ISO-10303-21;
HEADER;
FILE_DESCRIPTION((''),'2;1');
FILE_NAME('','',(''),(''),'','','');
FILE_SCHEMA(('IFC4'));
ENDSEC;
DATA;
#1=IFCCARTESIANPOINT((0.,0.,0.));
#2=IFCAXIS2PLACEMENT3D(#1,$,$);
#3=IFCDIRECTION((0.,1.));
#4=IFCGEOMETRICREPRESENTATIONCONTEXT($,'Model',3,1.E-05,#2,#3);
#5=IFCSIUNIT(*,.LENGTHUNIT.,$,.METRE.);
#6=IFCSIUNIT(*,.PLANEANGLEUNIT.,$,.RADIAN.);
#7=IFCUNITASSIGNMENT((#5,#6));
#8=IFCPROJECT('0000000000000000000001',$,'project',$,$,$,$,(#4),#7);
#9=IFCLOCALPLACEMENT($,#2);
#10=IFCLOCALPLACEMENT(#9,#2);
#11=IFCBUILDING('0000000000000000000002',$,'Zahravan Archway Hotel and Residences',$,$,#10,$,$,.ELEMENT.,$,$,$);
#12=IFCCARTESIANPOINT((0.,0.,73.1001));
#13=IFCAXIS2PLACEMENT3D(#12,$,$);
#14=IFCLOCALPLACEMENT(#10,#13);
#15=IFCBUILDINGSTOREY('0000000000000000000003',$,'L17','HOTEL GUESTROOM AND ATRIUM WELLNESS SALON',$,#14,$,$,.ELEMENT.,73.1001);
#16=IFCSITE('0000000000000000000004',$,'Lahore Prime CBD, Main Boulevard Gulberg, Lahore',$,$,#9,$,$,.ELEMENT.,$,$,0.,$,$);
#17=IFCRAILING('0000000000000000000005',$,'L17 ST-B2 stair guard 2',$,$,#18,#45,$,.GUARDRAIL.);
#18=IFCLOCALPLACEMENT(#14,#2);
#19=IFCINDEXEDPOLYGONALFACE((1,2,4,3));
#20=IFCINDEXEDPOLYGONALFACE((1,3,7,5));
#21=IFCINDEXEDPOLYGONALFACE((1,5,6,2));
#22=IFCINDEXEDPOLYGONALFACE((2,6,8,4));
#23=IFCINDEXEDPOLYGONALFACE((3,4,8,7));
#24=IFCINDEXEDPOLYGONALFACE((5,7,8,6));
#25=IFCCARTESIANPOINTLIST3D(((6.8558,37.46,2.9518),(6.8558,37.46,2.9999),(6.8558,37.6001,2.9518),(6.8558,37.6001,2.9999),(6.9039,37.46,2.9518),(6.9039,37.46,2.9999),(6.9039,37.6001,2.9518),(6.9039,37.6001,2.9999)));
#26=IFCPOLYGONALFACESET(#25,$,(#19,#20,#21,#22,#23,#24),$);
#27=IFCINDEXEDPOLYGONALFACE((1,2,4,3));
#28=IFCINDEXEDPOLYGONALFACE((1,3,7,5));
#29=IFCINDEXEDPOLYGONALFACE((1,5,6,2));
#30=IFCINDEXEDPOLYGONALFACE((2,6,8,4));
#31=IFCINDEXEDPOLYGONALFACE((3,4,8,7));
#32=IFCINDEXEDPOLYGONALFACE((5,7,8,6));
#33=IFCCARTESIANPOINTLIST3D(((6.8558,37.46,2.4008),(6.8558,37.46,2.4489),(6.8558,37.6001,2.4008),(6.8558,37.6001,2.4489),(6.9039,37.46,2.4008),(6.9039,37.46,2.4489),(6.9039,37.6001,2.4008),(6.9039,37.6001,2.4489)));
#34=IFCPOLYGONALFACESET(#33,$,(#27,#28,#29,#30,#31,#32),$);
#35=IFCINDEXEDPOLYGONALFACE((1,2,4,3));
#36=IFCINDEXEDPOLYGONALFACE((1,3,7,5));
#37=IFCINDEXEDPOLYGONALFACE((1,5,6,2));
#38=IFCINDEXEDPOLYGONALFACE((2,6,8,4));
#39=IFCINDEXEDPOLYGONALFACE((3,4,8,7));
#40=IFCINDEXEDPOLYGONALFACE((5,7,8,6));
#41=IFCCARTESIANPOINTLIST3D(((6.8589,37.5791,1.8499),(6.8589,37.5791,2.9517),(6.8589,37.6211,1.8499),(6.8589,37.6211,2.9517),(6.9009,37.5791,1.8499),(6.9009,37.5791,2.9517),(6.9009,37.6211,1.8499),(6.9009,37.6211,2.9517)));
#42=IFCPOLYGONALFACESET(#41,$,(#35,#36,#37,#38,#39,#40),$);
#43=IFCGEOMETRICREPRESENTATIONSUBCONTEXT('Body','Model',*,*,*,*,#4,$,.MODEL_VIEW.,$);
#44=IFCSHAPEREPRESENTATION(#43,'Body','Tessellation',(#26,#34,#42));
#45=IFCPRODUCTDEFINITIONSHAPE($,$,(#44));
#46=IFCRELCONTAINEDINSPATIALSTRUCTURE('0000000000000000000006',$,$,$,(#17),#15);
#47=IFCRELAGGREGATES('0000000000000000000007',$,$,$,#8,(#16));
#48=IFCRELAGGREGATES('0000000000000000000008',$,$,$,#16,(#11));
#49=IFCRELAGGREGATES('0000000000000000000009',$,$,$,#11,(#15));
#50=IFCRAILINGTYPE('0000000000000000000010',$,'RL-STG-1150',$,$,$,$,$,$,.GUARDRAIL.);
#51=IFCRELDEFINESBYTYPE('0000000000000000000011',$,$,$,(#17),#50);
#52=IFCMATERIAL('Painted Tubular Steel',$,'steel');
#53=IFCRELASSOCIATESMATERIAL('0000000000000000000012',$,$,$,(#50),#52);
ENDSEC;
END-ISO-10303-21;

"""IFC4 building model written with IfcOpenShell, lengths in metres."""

from ifc_helpers import new_model, si_unit, direction, frame, origin, origin_2d, place, context, subcontext, project, spatial, rectangle, extrude, material, type_object, element, save


model = new_model("IFC4")

# Units and contexts
model_context = context("Model", 3, precision=1e-05, world=origin(), true_north=direction((0.0, 1.0)))
body_context = subcontext(model_context, "Body", "Model", "MODEL_VIEW")
ifc_project = project(units=[si_unit("LENGTHUNIT", "METRE"), si_unit("PLANEANGLEUNIT", "RADIAN")], contexts=[model_context])

# Site, building, storey
site_placement = place(None, origin())
site = spatial("IfcSite", under=ifc_project, at=site_placement, Name="Lahore Prime CBD, Main Boulevard Gulberg, Lahore", CompositionType="ELEMENT", RefElevation=0.0)
building_placement = place(site_placement, origin())
building = spatial("IfcBuilding", under=site, at=building_placement, Name="Zahravan Archway Hotel and Residences", CompositionType="ELEMENT")
storey_placement = place(building_placement, frame((0.0, 0.0, 73.1001)))
storey = spatial("IfcBuildingStorey", under=building, at=storey_placement, Name="L17", Description="HOTEL GUESTROOM AND ATRIUM WELLNESS SALON", CompositionType="ELEMENT", Elevation=73.1001)

# Railing
ifc_material_1 = material(Name="Painted Tubular Steel", Category="steel")
railing_type_1 = type_object("IfcRailingType", Name="RL-STG-1150", PredefinedType="GUARDRAIL", material=ifc_material_1)
railing_1_placement = place(storey_placement, frame((6.8799, 37.6001, 1.8499)))
element("IfcRailing", 1, at=railing_1_placement, inside=storey, type_object=railing_type_1, Name="L17 ST-B2 stair guard 2", PredefinedType="GUARDRAIL", context=body_context, shape_type="SweptSolid", body=[
    extrude(rectangle(XDim=0.0481, YDim=0.0481, at=origin_2d()), frame((0.0, 0.0, 1.126), z_axis=(0.0, -1.0, 0.0), x_axis=(1.0, 0.0, 0.0)), (0.0, 0.0, 1.0), 0.1401),
    extrude(rectangle(XDim=0.0481, YDim=0.0481, at=origin_2d()), frame((0.0, 0.0, 0.575), z_axis=(0.0, -1.0, 0.0), x_axis=(1.0, 0.0, 0.0)), (0.0, 0.0, 1.0), 0.1401),
    extrude(rectangle(XDim=0.042, YDim=0.042, at=origin_2d()), origin(), (0.0, 0.0, 1.0), 1.1018),
])

save(model, "model.ifc")
